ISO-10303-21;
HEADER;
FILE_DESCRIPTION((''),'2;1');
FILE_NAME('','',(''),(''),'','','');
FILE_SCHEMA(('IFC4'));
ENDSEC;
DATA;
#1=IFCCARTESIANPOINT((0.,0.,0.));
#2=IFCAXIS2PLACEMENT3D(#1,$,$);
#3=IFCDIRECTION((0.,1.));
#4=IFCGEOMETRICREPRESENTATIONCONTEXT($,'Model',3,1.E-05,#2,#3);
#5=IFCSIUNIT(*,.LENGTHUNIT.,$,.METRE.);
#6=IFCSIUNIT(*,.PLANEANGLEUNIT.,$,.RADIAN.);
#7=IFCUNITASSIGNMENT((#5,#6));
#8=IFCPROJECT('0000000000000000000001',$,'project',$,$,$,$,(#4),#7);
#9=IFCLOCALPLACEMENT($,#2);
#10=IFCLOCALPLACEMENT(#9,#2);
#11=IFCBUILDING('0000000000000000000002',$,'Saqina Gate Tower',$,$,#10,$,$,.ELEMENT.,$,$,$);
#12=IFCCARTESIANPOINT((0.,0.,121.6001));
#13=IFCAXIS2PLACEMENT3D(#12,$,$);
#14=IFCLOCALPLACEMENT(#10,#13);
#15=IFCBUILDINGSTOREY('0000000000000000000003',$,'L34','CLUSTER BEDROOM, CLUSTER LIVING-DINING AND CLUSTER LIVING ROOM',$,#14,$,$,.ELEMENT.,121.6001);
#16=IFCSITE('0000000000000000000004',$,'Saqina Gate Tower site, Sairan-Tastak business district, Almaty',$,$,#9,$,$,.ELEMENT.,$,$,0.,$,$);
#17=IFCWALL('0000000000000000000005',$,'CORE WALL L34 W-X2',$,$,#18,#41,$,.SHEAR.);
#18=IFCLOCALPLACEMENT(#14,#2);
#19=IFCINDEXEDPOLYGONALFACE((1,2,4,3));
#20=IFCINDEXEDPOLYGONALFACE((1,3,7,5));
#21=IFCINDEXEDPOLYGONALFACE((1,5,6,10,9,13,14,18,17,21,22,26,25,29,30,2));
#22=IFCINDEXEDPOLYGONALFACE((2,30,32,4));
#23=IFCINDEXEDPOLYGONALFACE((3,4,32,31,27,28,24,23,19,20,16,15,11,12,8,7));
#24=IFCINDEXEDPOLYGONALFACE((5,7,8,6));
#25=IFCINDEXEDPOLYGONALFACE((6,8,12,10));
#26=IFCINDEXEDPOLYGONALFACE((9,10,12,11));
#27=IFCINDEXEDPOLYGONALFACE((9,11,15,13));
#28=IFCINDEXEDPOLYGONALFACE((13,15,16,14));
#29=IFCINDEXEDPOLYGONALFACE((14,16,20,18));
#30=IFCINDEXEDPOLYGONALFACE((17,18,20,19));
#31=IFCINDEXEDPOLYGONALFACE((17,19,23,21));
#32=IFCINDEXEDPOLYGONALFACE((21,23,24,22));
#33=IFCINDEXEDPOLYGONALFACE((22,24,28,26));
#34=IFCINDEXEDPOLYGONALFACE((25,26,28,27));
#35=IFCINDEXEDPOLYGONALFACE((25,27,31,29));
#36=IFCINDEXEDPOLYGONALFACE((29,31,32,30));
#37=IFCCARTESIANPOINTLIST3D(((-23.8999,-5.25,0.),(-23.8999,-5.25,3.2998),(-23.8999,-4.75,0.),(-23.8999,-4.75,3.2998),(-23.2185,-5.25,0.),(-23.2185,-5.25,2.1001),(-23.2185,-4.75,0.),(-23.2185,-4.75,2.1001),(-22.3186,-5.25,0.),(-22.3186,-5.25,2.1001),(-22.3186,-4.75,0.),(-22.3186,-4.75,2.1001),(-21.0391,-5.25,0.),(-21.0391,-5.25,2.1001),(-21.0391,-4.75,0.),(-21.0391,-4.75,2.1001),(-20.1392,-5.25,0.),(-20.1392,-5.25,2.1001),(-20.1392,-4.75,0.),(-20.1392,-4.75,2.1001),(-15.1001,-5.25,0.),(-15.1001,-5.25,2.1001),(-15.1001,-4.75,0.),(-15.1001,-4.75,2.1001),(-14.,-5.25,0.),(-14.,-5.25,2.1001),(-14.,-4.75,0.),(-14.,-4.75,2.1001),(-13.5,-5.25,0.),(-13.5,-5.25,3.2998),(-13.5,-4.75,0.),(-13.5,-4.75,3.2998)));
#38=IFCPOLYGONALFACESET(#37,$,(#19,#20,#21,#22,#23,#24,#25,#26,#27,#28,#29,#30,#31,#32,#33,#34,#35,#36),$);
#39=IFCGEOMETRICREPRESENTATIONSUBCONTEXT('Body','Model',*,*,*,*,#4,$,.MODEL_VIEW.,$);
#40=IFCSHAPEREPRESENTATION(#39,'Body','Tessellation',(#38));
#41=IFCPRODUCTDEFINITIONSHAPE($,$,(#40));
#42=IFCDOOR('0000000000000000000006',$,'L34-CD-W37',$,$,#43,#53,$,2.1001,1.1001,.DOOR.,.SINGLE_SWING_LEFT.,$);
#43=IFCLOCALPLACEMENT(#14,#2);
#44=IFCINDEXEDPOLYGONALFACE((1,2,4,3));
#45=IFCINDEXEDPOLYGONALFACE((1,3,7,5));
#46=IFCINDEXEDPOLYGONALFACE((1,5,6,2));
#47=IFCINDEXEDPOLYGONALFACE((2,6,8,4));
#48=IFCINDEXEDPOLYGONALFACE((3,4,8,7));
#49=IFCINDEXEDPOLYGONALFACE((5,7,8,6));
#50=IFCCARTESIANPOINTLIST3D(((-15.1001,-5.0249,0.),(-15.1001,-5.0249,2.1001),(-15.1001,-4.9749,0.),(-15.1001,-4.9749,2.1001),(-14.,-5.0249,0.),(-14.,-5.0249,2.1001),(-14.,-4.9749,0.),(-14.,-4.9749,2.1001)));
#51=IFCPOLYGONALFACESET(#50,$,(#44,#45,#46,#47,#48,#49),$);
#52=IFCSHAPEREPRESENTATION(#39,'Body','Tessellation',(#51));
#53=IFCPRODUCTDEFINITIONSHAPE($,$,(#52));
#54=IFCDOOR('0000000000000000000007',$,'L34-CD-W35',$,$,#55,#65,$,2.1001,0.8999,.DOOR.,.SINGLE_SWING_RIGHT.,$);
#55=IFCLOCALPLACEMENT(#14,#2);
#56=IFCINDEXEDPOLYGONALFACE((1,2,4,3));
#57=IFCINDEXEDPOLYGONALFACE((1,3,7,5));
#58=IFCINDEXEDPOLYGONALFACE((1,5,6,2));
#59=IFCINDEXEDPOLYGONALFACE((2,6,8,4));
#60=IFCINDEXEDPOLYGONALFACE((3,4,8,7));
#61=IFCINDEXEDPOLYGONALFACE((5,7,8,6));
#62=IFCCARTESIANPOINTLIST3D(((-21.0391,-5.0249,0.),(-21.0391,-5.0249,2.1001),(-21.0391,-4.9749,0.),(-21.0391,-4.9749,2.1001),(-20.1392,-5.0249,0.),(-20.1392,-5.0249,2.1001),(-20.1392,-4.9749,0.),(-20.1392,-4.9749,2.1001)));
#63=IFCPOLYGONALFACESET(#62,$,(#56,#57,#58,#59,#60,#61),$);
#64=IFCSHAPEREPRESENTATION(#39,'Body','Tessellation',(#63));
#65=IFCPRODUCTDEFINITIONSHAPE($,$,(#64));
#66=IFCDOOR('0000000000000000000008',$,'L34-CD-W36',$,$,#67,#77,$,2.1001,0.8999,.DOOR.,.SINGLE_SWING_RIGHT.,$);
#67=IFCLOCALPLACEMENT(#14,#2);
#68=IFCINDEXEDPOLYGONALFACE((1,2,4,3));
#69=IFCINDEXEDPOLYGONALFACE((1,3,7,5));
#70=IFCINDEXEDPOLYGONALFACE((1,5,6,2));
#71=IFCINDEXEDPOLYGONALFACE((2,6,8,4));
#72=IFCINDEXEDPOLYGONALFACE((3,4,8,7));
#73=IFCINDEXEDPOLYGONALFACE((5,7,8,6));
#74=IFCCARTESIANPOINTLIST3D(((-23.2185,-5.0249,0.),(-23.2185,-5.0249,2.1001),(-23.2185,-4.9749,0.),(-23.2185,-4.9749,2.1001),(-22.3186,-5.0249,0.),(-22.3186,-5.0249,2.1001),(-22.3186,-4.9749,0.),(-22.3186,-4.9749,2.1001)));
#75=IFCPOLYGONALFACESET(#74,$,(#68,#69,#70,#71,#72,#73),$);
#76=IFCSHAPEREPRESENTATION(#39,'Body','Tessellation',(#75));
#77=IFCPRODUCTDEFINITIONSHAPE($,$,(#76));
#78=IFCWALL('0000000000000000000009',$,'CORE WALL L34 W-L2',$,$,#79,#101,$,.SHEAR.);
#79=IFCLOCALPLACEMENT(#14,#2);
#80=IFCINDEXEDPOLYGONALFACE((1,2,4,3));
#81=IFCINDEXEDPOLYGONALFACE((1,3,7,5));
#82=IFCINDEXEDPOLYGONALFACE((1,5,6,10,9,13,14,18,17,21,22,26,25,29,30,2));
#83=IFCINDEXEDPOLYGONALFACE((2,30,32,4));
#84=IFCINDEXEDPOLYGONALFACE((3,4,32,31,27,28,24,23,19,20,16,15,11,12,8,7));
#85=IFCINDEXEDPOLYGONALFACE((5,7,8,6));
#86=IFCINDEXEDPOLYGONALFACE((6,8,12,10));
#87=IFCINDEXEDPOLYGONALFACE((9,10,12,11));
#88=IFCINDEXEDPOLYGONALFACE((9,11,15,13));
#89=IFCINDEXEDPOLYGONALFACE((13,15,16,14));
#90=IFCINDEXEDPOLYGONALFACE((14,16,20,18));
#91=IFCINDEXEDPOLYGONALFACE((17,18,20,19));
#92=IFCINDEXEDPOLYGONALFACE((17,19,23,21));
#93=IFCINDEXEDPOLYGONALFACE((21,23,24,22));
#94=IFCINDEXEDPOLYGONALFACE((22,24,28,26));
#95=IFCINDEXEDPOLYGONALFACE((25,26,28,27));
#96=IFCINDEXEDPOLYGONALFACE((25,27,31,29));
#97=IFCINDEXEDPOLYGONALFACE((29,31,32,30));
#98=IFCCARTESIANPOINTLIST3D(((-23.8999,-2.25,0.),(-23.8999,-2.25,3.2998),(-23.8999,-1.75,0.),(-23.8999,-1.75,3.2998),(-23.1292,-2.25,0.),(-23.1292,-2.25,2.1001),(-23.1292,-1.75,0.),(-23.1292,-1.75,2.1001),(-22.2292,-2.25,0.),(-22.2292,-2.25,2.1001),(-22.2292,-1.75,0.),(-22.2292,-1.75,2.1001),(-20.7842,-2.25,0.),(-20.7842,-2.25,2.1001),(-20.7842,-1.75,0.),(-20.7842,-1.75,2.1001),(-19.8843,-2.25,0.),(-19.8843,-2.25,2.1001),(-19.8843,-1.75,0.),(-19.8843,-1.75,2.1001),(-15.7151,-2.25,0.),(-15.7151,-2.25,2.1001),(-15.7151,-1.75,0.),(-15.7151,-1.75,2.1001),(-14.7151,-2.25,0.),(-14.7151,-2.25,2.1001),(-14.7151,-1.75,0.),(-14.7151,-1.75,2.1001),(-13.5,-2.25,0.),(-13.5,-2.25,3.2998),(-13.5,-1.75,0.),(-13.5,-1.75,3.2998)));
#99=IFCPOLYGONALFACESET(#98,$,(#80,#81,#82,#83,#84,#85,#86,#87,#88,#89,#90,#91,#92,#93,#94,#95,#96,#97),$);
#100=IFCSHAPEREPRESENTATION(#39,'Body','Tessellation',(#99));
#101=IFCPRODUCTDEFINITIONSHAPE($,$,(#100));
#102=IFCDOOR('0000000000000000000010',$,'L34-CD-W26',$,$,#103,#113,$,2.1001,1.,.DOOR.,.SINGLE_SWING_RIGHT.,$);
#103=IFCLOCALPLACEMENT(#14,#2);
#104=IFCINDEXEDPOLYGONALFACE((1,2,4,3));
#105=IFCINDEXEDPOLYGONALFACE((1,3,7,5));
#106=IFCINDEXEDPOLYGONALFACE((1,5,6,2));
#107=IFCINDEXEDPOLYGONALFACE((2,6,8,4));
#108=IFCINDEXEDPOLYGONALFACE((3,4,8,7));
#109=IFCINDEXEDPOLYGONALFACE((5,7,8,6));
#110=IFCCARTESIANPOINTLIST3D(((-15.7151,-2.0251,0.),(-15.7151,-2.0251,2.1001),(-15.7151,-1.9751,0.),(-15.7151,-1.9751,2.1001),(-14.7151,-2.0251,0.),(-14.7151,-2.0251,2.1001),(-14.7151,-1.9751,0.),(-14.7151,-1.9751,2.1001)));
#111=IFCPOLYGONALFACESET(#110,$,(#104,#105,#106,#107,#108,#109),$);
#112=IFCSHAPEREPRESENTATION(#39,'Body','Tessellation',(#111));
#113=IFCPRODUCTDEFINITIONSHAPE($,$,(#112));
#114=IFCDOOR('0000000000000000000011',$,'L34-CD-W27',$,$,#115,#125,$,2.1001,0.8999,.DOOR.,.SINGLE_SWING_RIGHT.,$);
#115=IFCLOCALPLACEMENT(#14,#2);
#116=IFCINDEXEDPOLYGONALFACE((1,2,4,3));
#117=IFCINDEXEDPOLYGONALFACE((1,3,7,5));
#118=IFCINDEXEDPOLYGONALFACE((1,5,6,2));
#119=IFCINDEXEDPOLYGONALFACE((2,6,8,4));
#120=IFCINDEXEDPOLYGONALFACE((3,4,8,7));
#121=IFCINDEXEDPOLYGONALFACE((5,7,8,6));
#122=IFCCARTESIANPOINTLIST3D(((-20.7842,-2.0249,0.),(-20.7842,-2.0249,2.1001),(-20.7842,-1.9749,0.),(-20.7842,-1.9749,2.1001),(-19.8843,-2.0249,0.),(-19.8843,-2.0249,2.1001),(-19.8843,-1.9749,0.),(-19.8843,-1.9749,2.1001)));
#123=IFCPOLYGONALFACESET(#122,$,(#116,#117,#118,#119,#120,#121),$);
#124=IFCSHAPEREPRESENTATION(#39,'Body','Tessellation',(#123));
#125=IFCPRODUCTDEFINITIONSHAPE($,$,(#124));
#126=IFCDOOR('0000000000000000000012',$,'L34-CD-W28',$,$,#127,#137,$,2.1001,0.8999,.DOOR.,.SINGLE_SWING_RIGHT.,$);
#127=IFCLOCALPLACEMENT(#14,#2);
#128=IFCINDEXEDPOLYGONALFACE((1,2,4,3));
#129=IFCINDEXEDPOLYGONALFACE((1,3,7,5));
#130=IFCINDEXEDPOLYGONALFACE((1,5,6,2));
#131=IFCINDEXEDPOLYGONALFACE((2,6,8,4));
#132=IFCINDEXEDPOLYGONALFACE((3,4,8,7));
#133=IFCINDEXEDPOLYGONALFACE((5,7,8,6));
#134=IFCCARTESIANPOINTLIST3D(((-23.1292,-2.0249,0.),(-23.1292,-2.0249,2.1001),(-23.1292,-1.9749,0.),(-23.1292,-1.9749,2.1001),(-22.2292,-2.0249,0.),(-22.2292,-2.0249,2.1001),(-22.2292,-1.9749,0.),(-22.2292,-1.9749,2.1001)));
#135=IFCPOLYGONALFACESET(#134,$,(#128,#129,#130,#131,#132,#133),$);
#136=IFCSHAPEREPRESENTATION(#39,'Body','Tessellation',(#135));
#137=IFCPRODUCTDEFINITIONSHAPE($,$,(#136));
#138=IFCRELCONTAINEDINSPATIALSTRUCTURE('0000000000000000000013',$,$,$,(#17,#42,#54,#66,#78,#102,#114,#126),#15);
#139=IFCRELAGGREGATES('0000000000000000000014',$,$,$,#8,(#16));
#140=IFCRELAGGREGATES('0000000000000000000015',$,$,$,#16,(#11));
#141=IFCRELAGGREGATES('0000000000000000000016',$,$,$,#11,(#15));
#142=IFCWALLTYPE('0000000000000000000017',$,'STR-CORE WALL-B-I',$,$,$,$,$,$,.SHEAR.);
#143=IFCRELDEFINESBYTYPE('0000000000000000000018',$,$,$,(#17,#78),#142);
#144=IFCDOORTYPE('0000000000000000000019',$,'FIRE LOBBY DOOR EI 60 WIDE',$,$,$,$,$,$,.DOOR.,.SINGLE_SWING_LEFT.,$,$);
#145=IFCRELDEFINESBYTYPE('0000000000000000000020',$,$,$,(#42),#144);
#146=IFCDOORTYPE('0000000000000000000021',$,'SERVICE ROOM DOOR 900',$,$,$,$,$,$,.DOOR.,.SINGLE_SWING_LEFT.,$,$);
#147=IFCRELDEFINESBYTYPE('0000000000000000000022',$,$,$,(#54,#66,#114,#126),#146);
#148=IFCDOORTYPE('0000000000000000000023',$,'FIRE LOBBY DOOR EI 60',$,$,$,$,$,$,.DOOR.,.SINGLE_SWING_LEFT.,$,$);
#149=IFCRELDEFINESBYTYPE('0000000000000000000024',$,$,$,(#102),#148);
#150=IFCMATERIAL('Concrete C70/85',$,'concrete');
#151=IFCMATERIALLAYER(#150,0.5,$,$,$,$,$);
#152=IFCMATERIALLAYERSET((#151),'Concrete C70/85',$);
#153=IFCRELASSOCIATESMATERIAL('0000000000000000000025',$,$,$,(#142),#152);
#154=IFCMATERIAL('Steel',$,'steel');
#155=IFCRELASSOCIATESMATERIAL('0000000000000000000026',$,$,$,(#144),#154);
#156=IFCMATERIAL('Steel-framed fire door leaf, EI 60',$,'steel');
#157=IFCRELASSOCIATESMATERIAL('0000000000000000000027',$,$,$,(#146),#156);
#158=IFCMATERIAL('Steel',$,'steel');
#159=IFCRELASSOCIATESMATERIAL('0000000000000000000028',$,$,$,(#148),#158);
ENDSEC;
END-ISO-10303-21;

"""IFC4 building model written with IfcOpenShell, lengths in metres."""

from ifc_helpers import new_model, si_unit, direction, frame, frame_2d, origin, place, context, subcontext, project, spatial, rectangle, extrude, material, layer, layer_set, type_object, element, fill, save


model = new_model("IFC4")

# Units and contexts
model_context = context("Model", 3, precision=1e-05, world=origin(), true_north=direction((0.0, 1.0)))
body_context = subcontext(model_context, "Body", "Model", "MODEL_VIEW")
ifc_project = project(units=[si_unit("LENGTHUNIT", "METRE"), si_unit("PLANEANGLEUNIT", "RADIAN")], contexts=[model_context])

# Site, building, storey
site_placement = place(None, origin())
site = spatial("IfcSite", under=ifc_project, at=site_placement, Name="Saqina Gate Tower site, Sairan-Tastak business district, Almaty", CompositionType="ELEMENT", RefElevation=0.0)
building_placement = place(site_placement, origin())
building = spatial("IfcBuilding", under=site, at=building_placement, Name="Saqina Gate Tower", CompositionType="ELEMENT")
storey_placement = place(building_placement, frame((0.0, 0.0, 121.6001)))
storey = spatial("IfcBuildingStorey", under=building, at=storey_placement, Name="L34", Description="CLUSTER BEDROOM, CLUSTER LIVING-DINING AND CLUSTER LIVING ROOM", CompositionType="ELEMENT", Elevation=121.6001)

# Walls, openings, doors
ifc_material_1 = material(Name="Concrete C70/85", Category="concrete")
ifc_layer_1 = layer(ifc_material_1, 0.5)
ifc_layer_set_1 = layer_set([ifc_layer_1], Name="Concrete C70/85")
wall_type_1 = type_object("IfcWallType", Name="STR-CORE WALL-B-I", PredefinedType="SHEAR", material=ifc_layer_set_1)
wall_1_placement = place(storey_placement, frame((-13.5, -5.0, 0.0), z_axis=(0.0, 0.0, 1.0), x_axis=(-1.0, 0.0, 0.0)))
wall_1 = element("IfcWall", 1, at=wall_1_placement, inside=storey, type_object=wall_type_1, Name="CORE WALL L34 W-X2", PredefinedType="SHEAR", context=body_context, shape_type="SweptSolid", body=[
    extrude(rectangle(XDim=10.3999, YDim=0.5, at=frame_2d((5.2, 0.0))), origin(), (0.0, 0.0, 1.0), 3.2998),
])
opening_1_placement = place(wall_1_placement, frame((6.6392, 0.0, 0.0)))
opening_1 = element("IfcOpeningElement", 2, at=opening_1_placement, cuts=wall_1, PredefinedType="OPENING", context=body_context, shape_type="SweptSolid", body=[
    extrude(rectangle(XDim=0.8999, YDim=2.1001, at=frame_2d((0.45, 1.05))), frame((0.0, 0.262, 0.0), z_axis=(0.0, -1.0, 0.0), x_axis=(1.0, 0.0, 0.0)), (0.0, 0.0, 1.0), 0.5239),
])
opening_2_placement = place(wall_1_placement, frame((8.8186, 0.0, 0.0)))
opening_2 = element("IfcOpeningElement", 3, at=opening_2_placement, cuts=wall_1, PredefinedType="OPENING", context=body_context, shape_type="SweptSolid", body=[
    extrude(rectangle(XDim=0.8999, YDim=2.1001, at=frame_2d((0.45, 1.05))), frame((0.0, 0.262, 0.0), z_axis=(0.0, -1.0, 0.0), x_axis=(1.0, 0.0, 0.0)), (0.0, 0.0, 1.0), 0.5239),
])
opening_3_placement = place(wall_1_placement, frame((0.5, 0.0, 0.0)))
opening_3 = element("IfcOpeningElement", 4, at=opening_3_placement, cuts=wall_1, PredefinedType="OPENING", context=body_context, shape_type="SweptSolid", body=[
    extrude(rectangle(XDim=1.1001, YDim=2.1001, at=frame_2d((0.55, 1.05))), frame((0.0, 0.262, 0.0), z_axis=(0.0, -1.0, 0.0), x_axis=(1.0, 0.0, 0.0)), (0.0, 0.0, 1.0), 0.5239),
])
ifc_material_2 = material(Name="Steel", Category="steel")
door_type_1 = type_object("IfcDoorType", Name="FIRE LOBBY DOOR EI 60 WIDE", OperationType="SINGLE_SWING_LEFT", PredefinedType="DOOR", material=ifc_material_2)
door_1_placement = place(opening_3_placement, origin())
door_1 = element("IfcDoor", 5, at=door_1_placement, inside=storey, type_object=door_type_1, Name="L34-CD-W37", OperationType="SINGLE_SWING_LEFT", OverallHeight=2.1001, OverallWidth=1.1001, PredefinedType="DOOR", context=body_context, shape_type="SweptSolid", body=[
    extrude(rectangle(XDim=1.1001, YDim=2.1001, at=frame_2d((0.55, 1.05))), frame((0.0, 0.0249, 0.0), z_axis=(0.0, -1.0, 0.0), x_axis=(1.0, 0.0, 0.0)), (0.0, 0.0, 1.0), 0.05),
])
fill(opening_3, door_1)
ifc_material_3 = material(Name="Steel-framed fire door leaf, EI 60", Category="steel")
door_type_2 = type_object("IfcDoorType", Name="SERVICE ROOM DOOR 900", OperationType="SINGLE_SWING_LEFT", PredefinedType="DOOR", material=ifc_material_3)
door_2_placement = place(opening_1_placement, origin())
door_2 = element("IfcDoor", 6, at=door_2_placement, inside=storey, type_object=door_type_2, Name="L34-CD-W35", OperationType="SINGLE_SWING_RIGHT", OverallHeight=2.1001, OverallWidth=0.8999, PredefinedType="DOOR", context=body_context, shape_type="SweptSolid", body=[
    extrude(rectangle(XDim=0.8999, YDim=2.1001, at=frame_2d((0.45, 1.05))), frame((0.0, 0.0249, 0.0), z_axis=(0.0, -1.0, 0.0), x_axis=(1.0, 0.0, 0.0)), (0.0, 0.0, 1.0), 0.05),
])
fill(opening_1, door_2)
door_3_placement = place(opening_2_placement, origin())
door_3 = element("IfcDoor", 7, at=door_3_placement, inside=storey, type_object=door_type_2, Name="L34-CD-W36", OperationType="SINGLE_SWING_RIGHT", OverallHeight=2.1001, OverallWidth=0.8999, PredefinedType="DOOR", context=body_context, shape_type="SweptSolid", body=[
    extrude(rectangle(XDim=0.8999, YDim=2.1001, at=frame_2d((0.45, 1.05))), frame((0.0, 0.0249, 0.0), z_axis=(0.0, -1.0, 0.0), x_axis=(1.0, 0.0, 0.0)), (0.0, 0.0, 1.0), 0.05),
])
fill(opening_2, door_3)
wall_2_placement = place(storey_placement, frame((-13.5, -2.0, 0.0), z_axis=(0.0, 0.0, 1.0), x_axis=(-1.0, 0.0, 0.0)))
wall_2 = element("IfcWall", 8, at=wall_2_placement, inside=storey, type_object=wall_type_1, Name="CORE WALL L34 W-L2", PredefinedType="SHEAR", context=body_context, shape_type="SweptSolid", body=[
    extrude(rectangle(XDim=10.3999, YDim=0.5, at=frame_2d((5.2, 0.0))), origin(), (0.0, 0.0, 1.0), 3.2998),
])
opening_4_placement = place(wall_2_placement, frame((1.2151, 0.0, 0.0)))
opening_4 = element("IfcOpeningElement", 9, at=opening_4_placement, cuts=wall_2, PredefinedType="OPENING", context=body_context, shape_type="SweptSolid", body=[
    extrude(rectangle(XDim=1.0, YDim=2.1001, at=frame_2d((0.5, 1.05))), frame((0.0, 0.262, 0.0), z_axis=(0.0, -1.0, 0.0), x_axis=(1.0, 0.0, 0.0)), (0.0, 0.0, 1.0), 0.5239),
])
opening_5_placement = place(wall_2_placement, frame((6.3843, 0.0, 0.0)))
opening_5 = element("IfcOpeningElement", 10, at=opening_5_placement, cuts=wall_2, PredefinedType="OPENING", context=body_context, shape_type="SweptSolid", body=[
    extrude(rectangle(XDim=0.8999, YDim=2.1001, at=frame_2d((0.45, 1.05))), frame((0.0, 0.262, 0.0), z_axis=(0.0, -1.0, 0.0), x_axis=(1.0, 0.0, 0.0)), (0.0, 0.0, 1.0), 0.5239),
])
opening_6_placement = place(wall_2_placement, frame((8.7292, 0.0, 0.0)))
opening_6 = element("IfcOpeningElement", 11, at=opening_6_placement, cuts=wall_2, PredefinedType="OPENING", context=body_context, shape_type="SweptSolid", body=[
    extrude(rectangle(XDim=0.8999, YDim=2.1001, at=frame_2d((0.45, 1.05))), frame((0.0, 0.262, 0.0), z_axis=(0.0, -1.0, 0.0), x_axis=(1.0, 0.0, 0.0)), (0.0, 0.0, 1.0), 0.5239),
])
ifc_material_4 = material(Name="Steel", Category="steel")
door_type_3 = type_object("IfcDoorType", Name="FIRE LOBBY DOOR EI 60", OperationType="SINGLE_SWING_LEFT", PredefinedType="DOOR", material=ifc_material_4)
door_4_placement = place(opening_4_placement, frame((1.0, 0.0, 0.0), z_axis=(0.0, 0.0, 1.0), x_axis=(-1.0, 0.0, 0.0)))
door_4 = element("IfcDoor", 12, at=door_4_placement, inside=storey, type_object=door_type_3, Name="L34-CD-W26", OperationType="SINGLE_SWING_RIGHT", OverallHeight=2.1001, OverallWidth=1.0, PredefinedType="DOOR", context=body_context, shape_type="SweptSolid", body=[
    extrude(rectangle(XDim=1.0, YDim=2.1001, at=frame_2d((0.5, 1.05))), frame((0.0, 0.0249, 0.0), z_axis=(0.0, -1.0, 0.0), x_axis=(1.0, 0.0, 0.0)), (0.0, 0.0, 1.0), 0.05),
])
fill(opening_4, door_4)
door_5_placement = place(opening_5_placement, origin())
door_5 = element("IfcDoor", 13, at=door_5_placement, inside=storey, type_object=door_type_2, Name="L34-CD-W27", OperationType="SINGLE_SWING_RIGHT", OverallHeight=2.1001, OverallWidth=0.8999, PredefinedType="DOOR", context=body_context, shape_type="SweptSolid", body=[
    extrude(rectangle(XDim=0.8999, YDim=2.1001, at=frame_2d((0.45, 1.05))), frame((0.0, 0.0249, 0.0), z_axis=(0.0, -1.0, 0.0), x_axis=(1.0, 0.0, 0.0)), (0.0, 0.0, 1.0), 0.05),
])
fill(opening_5, door_5)
door_6_placement = place(opening_6_placement, origin())
door_6 = element("IfcDoor", 14, at=door_6_placement, inside=storey, type_object=door_type_2, Name="L34-CD-W28", OperationType="SINGLE_SWING_RIGHT", OverallHeight=2.1001, OverallWidth=0.8999, PredefinedType="DOOR", context=body_context, shape_type="SweptSolid", body=[
    extrude(rectangle(XDim=0.8999, YDim=2.1001, at=frame_2d((0.45, 1.05))), frame((0.0, 0.0249, 0.0), z_axis=(0.0, -1.0, 0.0), x_axis=(1.0, 0.0, 0.0)), (0.0, 0.0, 1.0), 0.05),
])
fill(opening_6, door_6)

save(model, "model.ifc")
